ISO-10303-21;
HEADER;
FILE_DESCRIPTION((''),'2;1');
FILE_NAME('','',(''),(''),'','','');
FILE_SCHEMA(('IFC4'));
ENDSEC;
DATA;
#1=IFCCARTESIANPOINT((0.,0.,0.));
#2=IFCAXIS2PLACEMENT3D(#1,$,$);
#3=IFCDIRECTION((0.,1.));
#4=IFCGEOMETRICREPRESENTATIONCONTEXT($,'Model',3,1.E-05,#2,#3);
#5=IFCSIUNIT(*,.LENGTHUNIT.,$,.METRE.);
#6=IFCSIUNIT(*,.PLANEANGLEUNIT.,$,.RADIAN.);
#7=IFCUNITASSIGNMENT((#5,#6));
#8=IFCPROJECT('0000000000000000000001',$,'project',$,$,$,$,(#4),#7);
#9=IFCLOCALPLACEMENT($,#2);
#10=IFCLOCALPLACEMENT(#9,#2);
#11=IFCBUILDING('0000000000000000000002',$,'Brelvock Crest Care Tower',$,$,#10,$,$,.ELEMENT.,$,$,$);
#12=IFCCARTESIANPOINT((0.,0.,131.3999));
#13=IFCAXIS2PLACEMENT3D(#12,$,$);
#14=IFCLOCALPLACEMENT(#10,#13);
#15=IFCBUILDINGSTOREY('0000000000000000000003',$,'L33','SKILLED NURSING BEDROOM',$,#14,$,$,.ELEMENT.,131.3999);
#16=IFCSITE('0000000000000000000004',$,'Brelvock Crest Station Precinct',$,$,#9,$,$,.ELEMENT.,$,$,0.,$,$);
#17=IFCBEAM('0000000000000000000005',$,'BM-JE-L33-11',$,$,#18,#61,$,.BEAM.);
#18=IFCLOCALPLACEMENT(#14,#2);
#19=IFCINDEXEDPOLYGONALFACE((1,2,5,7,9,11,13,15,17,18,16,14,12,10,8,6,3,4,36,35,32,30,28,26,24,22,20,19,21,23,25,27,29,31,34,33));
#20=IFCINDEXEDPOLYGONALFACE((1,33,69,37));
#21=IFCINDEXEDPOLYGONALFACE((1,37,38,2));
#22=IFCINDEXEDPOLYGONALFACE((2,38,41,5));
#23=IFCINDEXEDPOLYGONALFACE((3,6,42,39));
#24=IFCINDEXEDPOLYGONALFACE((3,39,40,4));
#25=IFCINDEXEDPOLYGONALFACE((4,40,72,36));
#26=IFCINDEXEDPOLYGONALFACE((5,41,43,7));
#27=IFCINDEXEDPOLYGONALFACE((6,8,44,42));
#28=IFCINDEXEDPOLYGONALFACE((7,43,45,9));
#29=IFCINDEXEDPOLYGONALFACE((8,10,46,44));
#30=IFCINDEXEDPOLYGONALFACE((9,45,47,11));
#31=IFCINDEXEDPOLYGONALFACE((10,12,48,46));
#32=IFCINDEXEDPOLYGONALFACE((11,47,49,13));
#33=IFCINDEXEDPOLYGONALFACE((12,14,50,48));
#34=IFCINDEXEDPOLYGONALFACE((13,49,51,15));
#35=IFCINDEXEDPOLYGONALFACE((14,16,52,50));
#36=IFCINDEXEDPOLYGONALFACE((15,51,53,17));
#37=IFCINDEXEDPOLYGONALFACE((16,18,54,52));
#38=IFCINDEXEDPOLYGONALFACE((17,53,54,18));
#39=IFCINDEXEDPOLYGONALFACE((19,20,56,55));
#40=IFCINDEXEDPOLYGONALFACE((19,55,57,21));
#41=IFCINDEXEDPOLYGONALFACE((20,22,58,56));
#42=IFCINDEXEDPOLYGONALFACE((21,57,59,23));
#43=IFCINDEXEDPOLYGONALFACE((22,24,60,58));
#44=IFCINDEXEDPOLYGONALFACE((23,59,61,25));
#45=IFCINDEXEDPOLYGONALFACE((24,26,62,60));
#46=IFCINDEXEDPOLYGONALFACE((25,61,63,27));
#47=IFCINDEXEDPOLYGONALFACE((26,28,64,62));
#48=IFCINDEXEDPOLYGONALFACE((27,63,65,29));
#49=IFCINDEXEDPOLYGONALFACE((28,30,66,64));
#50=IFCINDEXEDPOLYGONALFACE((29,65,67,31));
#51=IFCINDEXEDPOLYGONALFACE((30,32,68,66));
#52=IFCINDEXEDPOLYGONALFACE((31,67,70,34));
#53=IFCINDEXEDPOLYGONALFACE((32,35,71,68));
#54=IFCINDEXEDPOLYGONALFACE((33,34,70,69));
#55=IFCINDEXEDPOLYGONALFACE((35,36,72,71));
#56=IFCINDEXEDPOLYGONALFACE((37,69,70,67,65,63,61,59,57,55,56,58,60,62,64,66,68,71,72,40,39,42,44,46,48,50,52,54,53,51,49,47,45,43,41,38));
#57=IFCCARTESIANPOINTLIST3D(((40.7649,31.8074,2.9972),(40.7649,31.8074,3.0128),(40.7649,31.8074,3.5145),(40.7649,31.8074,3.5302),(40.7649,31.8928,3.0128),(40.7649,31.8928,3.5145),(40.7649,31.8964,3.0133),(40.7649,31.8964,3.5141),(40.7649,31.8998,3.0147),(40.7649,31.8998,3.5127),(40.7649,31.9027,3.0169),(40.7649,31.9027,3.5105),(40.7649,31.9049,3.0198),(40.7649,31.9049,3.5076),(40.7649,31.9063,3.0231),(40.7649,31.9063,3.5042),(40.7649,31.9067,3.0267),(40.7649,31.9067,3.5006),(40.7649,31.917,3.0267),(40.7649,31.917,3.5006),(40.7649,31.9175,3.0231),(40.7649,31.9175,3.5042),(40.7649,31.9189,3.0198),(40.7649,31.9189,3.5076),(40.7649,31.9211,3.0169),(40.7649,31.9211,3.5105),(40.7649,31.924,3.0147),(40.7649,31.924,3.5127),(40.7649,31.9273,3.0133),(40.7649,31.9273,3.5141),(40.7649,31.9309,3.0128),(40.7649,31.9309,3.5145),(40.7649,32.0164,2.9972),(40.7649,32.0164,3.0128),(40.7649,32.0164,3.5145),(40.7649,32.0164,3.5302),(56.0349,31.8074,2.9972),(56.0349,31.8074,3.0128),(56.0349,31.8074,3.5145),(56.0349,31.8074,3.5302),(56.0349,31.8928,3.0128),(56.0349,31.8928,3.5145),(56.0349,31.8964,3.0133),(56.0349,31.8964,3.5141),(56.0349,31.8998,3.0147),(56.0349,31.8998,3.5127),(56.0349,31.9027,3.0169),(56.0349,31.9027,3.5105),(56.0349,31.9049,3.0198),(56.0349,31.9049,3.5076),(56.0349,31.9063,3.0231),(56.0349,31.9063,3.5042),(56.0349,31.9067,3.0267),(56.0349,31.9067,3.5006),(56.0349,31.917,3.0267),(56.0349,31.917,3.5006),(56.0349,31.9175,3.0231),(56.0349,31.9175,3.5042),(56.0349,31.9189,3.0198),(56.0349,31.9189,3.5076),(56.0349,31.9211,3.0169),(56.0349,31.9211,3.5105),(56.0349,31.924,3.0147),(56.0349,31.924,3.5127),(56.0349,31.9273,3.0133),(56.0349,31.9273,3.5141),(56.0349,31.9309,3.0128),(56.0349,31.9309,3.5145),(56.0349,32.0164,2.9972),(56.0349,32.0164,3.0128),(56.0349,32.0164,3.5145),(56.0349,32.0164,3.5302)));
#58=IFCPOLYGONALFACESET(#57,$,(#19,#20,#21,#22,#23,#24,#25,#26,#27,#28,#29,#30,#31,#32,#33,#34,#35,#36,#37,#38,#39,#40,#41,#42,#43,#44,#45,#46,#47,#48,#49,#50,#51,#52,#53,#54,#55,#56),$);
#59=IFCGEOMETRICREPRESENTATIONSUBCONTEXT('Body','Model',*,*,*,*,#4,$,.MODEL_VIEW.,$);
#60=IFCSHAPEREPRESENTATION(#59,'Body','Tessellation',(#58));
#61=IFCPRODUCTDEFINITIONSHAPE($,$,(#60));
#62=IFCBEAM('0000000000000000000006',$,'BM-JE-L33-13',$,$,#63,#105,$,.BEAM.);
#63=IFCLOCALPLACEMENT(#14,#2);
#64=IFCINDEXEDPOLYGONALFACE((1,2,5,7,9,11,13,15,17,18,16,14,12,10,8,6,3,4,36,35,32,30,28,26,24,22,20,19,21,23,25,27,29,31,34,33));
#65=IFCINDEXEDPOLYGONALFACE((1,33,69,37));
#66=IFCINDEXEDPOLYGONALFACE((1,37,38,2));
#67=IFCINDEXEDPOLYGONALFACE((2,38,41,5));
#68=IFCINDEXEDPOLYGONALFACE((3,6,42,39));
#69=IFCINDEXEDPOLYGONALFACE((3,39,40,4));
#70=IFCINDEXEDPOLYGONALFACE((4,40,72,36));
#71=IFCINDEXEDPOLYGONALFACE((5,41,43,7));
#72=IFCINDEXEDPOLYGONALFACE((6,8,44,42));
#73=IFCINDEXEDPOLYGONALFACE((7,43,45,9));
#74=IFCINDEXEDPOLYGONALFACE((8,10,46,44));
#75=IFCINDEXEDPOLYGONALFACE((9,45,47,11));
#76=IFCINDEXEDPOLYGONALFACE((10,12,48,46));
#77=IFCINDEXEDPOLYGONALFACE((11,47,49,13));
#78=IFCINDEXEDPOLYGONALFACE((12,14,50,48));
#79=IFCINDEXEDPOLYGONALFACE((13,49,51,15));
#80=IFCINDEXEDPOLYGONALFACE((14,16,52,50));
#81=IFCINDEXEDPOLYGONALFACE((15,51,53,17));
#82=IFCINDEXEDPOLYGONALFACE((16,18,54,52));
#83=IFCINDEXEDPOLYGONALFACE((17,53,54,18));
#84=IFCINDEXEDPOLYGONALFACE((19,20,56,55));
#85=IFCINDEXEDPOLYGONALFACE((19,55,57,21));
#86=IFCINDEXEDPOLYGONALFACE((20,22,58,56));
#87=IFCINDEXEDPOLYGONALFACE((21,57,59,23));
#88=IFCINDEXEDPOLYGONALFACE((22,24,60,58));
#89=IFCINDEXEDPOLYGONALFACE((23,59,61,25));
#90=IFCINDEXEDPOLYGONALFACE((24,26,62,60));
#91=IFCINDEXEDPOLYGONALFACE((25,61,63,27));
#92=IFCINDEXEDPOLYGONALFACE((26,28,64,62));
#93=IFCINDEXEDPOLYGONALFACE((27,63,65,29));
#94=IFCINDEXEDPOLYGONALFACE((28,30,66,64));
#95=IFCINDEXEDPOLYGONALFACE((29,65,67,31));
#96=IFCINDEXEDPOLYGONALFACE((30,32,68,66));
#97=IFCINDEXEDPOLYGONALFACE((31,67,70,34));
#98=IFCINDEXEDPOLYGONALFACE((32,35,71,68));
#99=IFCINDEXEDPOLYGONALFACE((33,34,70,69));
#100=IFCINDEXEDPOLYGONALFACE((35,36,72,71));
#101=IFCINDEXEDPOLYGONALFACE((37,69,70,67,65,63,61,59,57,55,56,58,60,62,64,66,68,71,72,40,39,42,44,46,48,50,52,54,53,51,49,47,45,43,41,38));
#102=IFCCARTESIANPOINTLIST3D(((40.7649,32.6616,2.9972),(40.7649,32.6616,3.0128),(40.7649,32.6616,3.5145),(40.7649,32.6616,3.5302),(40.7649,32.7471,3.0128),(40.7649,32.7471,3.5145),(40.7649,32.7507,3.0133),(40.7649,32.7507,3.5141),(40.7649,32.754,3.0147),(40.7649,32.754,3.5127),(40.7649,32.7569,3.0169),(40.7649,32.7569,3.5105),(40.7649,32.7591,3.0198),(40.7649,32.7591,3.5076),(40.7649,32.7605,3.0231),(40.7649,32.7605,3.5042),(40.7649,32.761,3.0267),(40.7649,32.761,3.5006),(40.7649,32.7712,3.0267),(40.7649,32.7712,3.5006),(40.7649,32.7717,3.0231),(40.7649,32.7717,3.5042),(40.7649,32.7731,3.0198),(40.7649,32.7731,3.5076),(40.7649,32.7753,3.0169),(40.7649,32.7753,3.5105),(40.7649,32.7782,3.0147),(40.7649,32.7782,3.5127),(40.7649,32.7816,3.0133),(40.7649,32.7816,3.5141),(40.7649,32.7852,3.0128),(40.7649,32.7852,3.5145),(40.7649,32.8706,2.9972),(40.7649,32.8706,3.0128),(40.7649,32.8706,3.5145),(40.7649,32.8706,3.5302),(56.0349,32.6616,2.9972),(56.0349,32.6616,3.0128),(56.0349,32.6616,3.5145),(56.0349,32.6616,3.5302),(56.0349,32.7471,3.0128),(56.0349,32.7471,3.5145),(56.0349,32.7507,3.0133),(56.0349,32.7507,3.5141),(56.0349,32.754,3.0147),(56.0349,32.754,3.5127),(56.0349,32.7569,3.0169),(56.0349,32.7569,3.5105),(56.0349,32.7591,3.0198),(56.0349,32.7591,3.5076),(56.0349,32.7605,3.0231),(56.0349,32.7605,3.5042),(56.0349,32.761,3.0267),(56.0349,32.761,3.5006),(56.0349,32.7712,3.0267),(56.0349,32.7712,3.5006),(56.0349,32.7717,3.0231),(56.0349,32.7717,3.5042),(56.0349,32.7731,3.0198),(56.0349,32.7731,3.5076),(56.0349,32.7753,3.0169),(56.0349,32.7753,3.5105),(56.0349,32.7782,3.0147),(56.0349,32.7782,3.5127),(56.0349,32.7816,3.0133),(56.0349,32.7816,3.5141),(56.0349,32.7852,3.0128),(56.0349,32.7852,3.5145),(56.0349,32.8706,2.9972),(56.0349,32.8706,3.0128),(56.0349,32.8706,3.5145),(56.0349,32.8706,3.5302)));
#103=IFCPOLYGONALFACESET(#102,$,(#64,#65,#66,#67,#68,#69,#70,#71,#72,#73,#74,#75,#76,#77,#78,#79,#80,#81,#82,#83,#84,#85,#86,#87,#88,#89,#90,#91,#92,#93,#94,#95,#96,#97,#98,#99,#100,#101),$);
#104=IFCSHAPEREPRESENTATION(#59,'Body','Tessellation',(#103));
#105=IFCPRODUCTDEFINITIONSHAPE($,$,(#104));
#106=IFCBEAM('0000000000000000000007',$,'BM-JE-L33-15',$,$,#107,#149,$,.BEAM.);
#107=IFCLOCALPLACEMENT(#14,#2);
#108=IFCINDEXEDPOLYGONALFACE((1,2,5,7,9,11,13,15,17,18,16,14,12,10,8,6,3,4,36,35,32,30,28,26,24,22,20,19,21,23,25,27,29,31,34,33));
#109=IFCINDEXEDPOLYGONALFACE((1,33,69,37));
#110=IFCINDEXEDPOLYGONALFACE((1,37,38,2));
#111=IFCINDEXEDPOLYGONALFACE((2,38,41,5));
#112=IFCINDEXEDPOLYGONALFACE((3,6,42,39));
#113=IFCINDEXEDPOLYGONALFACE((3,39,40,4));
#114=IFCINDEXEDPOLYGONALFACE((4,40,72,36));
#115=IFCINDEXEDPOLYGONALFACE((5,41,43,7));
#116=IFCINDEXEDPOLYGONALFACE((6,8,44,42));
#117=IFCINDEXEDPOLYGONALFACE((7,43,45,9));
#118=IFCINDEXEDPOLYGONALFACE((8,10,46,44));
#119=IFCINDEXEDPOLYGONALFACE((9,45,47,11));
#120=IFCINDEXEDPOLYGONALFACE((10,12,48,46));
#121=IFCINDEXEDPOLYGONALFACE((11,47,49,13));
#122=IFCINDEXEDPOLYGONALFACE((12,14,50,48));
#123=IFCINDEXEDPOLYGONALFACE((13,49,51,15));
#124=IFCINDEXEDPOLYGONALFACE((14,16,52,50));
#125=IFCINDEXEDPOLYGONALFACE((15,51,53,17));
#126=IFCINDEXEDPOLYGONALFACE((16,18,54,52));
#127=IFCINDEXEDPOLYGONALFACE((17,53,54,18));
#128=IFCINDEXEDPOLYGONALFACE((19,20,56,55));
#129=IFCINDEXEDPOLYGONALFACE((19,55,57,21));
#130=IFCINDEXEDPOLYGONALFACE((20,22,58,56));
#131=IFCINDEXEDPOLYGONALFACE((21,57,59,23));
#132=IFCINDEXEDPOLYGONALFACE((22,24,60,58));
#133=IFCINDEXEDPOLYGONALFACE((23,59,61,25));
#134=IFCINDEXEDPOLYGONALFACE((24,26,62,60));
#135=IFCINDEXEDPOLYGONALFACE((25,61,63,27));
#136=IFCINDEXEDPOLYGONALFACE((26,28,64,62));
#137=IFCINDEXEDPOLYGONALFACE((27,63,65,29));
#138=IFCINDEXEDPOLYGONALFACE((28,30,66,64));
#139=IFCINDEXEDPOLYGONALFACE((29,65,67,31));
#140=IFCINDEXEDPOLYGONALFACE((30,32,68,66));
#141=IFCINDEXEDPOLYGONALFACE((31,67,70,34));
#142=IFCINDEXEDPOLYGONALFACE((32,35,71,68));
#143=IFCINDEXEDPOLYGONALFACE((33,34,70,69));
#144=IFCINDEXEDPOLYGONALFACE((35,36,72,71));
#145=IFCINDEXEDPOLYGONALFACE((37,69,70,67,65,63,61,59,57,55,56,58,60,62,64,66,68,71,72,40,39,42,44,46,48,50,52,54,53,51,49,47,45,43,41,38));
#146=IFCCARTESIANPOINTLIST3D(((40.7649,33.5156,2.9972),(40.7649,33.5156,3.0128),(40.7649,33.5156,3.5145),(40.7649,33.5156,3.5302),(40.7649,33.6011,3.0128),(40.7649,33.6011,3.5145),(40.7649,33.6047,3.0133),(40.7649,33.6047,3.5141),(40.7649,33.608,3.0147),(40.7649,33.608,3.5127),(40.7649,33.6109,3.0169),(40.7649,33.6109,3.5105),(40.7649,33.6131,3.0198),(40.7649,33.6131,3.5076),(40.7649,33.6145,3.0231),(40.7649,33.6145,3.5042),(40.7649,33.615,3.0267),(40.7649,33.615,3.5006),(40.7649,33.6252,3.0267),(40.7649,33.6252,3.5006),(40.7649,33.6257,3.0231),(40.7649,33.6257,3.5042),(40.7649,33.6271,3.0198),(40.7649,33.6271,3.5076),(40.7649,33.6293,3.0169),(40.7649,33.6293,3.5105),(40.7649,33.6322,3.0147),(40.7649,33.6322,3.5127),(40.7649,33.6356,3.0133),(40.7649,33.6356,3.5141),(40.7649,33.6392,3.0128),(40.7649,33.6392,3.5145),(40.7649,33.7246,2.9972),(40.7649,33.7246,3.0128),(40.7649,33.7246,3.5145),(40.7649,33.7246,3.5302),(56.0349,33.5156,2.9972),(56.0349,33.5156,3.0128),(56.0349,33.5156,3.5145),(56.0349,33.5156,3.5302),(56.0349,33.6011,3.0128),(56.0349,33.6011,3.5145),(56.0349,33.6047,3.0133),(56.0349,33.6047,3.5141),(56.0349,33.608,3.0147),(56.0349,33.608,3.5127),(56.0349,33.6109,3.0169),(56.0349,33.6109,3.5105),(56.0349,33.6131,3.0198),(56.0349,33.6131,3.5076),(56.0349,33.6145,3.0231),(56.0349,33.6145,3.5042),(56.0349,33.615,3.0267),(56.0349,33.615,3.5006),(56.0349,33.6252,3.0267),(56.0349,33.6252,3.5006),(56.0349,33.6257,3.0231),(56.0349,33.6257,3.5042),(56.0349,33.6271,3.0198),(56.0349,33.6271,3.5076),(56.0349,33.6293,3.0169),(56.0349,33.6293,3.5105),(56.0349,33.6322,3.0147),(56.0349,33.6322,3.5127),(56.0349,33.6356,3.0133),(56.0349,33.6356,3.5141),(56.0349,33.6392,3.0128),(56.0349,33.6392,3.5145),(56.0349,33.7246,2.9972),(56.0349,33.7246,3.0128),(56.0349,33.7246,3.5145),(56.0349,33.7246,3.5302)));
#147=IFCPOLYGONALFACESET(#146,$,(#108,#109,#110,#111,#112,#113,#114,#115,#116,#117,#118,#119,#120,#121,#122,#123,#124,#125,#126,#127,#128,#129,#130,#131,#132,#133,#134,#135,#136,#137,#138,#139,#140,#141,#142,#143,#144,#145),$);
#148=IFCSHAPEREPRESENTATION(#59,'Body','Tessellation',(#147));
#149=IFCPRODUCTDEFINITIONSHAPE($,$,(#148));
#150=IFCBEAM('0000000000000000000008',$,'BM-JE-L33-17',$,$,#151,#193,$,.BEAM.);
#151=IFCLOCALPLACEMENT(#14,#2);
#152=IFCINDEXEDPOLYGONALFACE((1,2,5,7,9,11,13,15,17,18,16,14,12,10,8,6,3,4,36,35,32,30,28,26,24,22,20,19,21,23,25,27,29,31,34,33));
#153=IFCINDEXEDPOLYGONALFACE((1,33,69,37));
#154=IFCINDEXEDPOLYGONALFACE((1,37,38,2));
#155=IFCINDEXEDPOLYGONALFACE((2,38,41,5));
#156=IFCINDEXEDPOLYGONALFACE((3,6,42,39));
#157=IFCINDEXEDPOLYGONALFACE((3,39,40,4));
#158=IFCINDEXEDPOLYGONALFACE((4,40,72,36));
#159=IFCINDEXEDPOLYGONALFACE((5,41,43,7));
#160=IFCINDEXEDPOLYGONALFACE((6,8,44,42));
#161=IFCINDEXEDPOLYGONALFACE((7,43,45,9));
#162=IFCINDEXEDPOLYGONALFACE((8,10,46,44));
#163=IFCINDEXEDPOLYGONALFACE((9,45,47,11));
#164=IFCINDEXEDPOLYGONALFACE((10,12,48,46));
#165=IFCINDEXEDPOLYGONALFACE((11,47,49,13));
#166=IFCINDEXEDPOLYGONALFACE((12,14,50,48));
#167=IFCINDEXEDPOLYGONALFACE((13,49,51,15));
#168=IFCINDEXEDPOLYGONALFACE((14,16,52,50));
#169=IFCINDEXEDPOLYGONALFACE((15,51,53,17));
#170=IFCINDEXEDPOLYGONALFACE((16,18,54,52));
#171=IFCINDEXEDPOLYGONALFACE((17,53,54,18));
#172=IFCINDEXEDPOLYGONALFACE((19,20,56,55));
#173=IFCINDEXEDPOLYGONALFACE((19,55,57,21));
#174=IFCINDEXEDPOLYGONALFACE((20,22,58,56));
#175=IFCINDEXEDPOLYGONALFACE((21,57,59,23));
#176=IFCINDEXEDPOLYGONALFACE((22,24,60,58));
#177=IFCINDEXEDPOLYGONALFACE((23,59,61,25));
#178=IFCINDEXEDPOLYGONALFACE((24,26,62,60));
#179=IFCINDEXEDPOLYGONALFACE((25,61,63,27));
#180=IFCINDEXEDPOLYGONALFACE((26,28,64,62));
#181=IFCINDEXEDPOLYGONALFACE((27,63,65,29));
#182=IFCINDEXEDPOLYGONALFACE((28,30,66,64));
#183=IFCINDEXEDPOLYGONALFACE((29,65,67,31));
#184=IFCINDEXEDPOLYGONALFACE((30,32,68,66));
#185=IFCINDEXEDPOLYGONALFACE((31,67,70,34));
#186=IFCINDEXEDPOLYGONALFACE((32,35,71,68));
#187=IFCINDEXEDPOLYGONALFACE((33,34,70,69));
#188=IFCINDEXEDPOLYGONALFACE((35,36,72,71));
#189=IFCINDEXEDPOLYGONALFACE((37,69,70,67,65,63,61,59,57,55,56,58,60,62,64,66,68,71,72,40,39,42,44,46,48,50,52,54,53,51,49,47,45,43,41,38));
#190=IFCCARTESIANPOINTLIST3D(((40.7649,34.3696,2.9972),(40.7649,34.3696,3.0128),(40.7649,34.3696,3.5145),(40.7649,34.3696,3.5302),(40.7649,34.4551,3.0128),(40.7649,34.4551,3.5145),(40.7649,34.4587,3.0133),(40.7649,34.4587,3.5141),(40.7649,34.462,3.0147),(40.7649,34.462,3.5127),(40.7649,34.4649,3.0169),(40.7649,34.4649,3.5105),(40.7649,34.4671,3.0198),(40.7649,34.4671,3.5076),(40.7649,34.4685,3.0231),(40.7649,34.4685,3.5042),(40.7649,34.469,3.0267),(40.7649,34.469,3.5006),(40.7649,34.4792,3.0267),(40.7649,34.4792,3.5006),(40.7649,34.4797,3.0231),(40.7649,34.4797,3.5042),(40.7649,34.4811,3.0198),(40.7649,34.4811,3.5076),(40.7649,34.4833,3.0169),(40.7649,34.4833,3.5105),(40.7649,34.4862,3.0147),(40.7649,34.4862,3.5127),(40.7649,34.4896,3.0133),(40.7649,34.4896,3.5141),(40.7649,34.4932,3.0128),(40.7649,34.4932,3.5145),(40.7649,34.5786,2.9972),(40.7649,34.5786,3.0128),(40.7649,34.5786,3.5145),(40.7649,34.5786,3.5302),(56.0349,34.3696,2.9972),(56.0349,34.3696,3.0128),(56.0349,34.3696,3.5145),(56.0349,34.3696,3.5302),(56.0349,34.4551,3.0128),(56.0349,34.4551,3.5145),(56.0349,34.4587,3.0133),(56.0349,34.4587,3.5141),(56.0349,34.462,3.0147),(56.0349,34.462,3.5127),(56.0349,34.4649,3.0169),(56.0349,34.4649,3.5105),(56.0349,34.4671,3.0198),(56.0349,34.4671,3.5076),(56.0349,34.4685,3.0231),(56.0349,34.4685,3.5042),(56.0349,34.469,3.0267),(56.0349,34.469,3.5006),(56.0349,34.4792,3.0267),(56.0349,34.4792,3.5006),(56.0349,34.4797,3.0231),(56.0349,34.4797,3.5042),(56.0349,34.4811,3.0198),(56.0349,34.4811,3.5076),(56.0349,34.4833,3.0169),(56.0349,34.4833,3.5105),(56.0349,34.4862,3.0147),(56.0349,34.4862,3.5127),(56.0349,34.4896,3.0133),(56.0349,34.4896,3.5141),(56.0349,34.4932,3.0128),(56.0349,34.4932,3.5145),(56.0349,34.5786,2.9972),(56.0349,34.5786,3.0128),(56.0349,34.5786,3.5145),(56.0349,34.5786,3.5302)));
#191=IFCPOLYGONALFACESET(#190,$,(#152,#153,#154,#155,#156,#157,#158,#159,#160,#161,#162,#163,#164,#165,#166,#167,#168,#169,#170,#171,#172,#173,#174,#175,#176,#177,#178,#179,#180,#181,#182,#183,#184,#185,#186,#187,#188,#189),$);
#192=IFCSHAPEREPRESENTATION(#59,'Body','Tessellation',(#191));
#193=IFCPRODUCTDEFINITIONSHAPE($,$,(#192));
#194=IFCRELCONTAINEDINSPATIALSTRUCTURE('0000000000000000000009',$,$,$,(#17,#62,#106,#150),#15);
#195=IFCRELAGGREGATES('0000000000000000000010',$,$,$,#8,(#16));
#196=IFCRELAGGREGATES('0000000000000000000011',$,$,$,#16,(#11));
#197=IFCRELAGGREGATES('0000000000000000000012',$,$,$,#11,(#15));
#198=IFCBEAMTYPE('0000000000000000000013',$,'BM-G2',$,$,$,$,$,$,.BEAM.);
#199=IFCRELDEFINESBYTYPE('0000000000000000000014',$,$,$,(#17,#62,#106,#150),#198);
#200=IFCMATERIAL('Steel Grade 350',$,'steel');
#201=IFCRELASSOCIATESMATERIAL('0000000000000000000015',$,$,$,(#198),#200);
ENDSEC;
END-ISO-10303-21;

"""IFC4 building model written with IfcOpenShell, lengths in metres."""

from ifc_helpers import new_model, si_unit, direction, frame, origin, origin_2d, place, context, subcontext, project, spatial, i_section, extrude, source, transform, mapped, material, material_profile, profile_set, type_object, element, save


model = new_model("IFC4")

# Units and contexts
model_context = context("Model", 3, precision=1e-05, world=origin(), true_north=direction((0.0, 1.0)))
body_context = subcontext(model_context, "Body", "Model", "MODEL_VIEW")
ifc_project = project(units=[si_unit("LENGTHUNIT", "METRE"), si_unit("PLANEANGLEUNIT", "RADIAN")], contexts=[model_context])

# Site, building, storey
site_placement = place(None, origin())
site = spatial("IfcSite", under=ifc_project, at=site_placement, Name="Brelvock Crest Station Precinct", CompositionType="ELEMENT", RefElevation=0.0)
building_placement = place(site_placement, origin())
building = spatial("IfcBuilding", under=site, at=building_placement, Name="Brelvock Crest Care Tower", CompositionType="ELEMENT")
storey_placement = place(building_placement, frame((0.0, 0.0, 131.3999)))
storey = spatial("IfcBuildingStorey", under=building, at=storey_placement, Name="L33", Description="SKILLED NURSING BEDROOM", CompositionType="ELEMENT", Elevation=131.3999)

# Beams
ifc_material_1 = material(Name="Steel Grade 350", Category="steel")
ifc_material_profile_1 = material_profile(ifc_material_1, i_section(OverallWidth=0.209, OverallDepth=0.533, WebThickness=0.0103, FlangeThickness=0.0156, FilletRadius=0.0139, at=origin_2d()), Name="530UB92.4")
ifc_profile_set_1 = profile_set([ifc_material_profile_1], Name="Steel Grade 350")
beam_type_1 = type_object("IfcBeamType", Name="BM-G2", PredefinedType="BEAM", material=ifc_profile_set_1)
shared_shape_1 = source(origin(), body_context, "Body", "SweptSolid", [
    extrude(i_section(OverallWidth=0.209, OverallDepth=0.533, WebThickness=0.0103, FlangeThickness=0.0156, FilletRadius=0.0139, at=origin_2d()), origin(), (0.0, 0.0, 1.0), 15.27),
])
for number, where, z_axis, x_axis, name in (
    (1, (40.7649, 31.9119, 3.2637), (1.0, 0.0, 0.0), (0.0, 1.0, 0.0), "BM-JE-L33-11"),
    (2, (40.7649, 32.7661, 3.2637), (1.0, 0.0, 0.0), (0.0, 1.0, 0.0), "BM-JE-L33-13"),
    (3, (40.7649, 33.6201, 3.2637), (1.0, 0.0, 0.0), (0.0, 1.0, 0.0), "BM-JE-L33-15"),
    (4, (40.7649, 34.4741, 3.2637), (1.0, 0.0, 0.0), (0.0, 1.0, 0.0), "BM-JE-L33-17"),
):
    element("IfcBeam", number, at=place(storey_placement, frame(where, z_axis=z_axis, x_axis=x_axis)), inside=storey, type_object=beam_type_1, Name=name, PredefinedType="BEAM", context=body_context, shape_type="MappedRepresentation", body=[
        mapped(shared_shape_1, transform((0.0, 0.0, 0.0), x_axis=(1.0, 0.0, 0.0), y_axis=(0.0, 1.0, 0.0), z_axis=(0.0, 0.0, 1.0), scale=1.0)),
    ])

save(model, "model.ifc")
